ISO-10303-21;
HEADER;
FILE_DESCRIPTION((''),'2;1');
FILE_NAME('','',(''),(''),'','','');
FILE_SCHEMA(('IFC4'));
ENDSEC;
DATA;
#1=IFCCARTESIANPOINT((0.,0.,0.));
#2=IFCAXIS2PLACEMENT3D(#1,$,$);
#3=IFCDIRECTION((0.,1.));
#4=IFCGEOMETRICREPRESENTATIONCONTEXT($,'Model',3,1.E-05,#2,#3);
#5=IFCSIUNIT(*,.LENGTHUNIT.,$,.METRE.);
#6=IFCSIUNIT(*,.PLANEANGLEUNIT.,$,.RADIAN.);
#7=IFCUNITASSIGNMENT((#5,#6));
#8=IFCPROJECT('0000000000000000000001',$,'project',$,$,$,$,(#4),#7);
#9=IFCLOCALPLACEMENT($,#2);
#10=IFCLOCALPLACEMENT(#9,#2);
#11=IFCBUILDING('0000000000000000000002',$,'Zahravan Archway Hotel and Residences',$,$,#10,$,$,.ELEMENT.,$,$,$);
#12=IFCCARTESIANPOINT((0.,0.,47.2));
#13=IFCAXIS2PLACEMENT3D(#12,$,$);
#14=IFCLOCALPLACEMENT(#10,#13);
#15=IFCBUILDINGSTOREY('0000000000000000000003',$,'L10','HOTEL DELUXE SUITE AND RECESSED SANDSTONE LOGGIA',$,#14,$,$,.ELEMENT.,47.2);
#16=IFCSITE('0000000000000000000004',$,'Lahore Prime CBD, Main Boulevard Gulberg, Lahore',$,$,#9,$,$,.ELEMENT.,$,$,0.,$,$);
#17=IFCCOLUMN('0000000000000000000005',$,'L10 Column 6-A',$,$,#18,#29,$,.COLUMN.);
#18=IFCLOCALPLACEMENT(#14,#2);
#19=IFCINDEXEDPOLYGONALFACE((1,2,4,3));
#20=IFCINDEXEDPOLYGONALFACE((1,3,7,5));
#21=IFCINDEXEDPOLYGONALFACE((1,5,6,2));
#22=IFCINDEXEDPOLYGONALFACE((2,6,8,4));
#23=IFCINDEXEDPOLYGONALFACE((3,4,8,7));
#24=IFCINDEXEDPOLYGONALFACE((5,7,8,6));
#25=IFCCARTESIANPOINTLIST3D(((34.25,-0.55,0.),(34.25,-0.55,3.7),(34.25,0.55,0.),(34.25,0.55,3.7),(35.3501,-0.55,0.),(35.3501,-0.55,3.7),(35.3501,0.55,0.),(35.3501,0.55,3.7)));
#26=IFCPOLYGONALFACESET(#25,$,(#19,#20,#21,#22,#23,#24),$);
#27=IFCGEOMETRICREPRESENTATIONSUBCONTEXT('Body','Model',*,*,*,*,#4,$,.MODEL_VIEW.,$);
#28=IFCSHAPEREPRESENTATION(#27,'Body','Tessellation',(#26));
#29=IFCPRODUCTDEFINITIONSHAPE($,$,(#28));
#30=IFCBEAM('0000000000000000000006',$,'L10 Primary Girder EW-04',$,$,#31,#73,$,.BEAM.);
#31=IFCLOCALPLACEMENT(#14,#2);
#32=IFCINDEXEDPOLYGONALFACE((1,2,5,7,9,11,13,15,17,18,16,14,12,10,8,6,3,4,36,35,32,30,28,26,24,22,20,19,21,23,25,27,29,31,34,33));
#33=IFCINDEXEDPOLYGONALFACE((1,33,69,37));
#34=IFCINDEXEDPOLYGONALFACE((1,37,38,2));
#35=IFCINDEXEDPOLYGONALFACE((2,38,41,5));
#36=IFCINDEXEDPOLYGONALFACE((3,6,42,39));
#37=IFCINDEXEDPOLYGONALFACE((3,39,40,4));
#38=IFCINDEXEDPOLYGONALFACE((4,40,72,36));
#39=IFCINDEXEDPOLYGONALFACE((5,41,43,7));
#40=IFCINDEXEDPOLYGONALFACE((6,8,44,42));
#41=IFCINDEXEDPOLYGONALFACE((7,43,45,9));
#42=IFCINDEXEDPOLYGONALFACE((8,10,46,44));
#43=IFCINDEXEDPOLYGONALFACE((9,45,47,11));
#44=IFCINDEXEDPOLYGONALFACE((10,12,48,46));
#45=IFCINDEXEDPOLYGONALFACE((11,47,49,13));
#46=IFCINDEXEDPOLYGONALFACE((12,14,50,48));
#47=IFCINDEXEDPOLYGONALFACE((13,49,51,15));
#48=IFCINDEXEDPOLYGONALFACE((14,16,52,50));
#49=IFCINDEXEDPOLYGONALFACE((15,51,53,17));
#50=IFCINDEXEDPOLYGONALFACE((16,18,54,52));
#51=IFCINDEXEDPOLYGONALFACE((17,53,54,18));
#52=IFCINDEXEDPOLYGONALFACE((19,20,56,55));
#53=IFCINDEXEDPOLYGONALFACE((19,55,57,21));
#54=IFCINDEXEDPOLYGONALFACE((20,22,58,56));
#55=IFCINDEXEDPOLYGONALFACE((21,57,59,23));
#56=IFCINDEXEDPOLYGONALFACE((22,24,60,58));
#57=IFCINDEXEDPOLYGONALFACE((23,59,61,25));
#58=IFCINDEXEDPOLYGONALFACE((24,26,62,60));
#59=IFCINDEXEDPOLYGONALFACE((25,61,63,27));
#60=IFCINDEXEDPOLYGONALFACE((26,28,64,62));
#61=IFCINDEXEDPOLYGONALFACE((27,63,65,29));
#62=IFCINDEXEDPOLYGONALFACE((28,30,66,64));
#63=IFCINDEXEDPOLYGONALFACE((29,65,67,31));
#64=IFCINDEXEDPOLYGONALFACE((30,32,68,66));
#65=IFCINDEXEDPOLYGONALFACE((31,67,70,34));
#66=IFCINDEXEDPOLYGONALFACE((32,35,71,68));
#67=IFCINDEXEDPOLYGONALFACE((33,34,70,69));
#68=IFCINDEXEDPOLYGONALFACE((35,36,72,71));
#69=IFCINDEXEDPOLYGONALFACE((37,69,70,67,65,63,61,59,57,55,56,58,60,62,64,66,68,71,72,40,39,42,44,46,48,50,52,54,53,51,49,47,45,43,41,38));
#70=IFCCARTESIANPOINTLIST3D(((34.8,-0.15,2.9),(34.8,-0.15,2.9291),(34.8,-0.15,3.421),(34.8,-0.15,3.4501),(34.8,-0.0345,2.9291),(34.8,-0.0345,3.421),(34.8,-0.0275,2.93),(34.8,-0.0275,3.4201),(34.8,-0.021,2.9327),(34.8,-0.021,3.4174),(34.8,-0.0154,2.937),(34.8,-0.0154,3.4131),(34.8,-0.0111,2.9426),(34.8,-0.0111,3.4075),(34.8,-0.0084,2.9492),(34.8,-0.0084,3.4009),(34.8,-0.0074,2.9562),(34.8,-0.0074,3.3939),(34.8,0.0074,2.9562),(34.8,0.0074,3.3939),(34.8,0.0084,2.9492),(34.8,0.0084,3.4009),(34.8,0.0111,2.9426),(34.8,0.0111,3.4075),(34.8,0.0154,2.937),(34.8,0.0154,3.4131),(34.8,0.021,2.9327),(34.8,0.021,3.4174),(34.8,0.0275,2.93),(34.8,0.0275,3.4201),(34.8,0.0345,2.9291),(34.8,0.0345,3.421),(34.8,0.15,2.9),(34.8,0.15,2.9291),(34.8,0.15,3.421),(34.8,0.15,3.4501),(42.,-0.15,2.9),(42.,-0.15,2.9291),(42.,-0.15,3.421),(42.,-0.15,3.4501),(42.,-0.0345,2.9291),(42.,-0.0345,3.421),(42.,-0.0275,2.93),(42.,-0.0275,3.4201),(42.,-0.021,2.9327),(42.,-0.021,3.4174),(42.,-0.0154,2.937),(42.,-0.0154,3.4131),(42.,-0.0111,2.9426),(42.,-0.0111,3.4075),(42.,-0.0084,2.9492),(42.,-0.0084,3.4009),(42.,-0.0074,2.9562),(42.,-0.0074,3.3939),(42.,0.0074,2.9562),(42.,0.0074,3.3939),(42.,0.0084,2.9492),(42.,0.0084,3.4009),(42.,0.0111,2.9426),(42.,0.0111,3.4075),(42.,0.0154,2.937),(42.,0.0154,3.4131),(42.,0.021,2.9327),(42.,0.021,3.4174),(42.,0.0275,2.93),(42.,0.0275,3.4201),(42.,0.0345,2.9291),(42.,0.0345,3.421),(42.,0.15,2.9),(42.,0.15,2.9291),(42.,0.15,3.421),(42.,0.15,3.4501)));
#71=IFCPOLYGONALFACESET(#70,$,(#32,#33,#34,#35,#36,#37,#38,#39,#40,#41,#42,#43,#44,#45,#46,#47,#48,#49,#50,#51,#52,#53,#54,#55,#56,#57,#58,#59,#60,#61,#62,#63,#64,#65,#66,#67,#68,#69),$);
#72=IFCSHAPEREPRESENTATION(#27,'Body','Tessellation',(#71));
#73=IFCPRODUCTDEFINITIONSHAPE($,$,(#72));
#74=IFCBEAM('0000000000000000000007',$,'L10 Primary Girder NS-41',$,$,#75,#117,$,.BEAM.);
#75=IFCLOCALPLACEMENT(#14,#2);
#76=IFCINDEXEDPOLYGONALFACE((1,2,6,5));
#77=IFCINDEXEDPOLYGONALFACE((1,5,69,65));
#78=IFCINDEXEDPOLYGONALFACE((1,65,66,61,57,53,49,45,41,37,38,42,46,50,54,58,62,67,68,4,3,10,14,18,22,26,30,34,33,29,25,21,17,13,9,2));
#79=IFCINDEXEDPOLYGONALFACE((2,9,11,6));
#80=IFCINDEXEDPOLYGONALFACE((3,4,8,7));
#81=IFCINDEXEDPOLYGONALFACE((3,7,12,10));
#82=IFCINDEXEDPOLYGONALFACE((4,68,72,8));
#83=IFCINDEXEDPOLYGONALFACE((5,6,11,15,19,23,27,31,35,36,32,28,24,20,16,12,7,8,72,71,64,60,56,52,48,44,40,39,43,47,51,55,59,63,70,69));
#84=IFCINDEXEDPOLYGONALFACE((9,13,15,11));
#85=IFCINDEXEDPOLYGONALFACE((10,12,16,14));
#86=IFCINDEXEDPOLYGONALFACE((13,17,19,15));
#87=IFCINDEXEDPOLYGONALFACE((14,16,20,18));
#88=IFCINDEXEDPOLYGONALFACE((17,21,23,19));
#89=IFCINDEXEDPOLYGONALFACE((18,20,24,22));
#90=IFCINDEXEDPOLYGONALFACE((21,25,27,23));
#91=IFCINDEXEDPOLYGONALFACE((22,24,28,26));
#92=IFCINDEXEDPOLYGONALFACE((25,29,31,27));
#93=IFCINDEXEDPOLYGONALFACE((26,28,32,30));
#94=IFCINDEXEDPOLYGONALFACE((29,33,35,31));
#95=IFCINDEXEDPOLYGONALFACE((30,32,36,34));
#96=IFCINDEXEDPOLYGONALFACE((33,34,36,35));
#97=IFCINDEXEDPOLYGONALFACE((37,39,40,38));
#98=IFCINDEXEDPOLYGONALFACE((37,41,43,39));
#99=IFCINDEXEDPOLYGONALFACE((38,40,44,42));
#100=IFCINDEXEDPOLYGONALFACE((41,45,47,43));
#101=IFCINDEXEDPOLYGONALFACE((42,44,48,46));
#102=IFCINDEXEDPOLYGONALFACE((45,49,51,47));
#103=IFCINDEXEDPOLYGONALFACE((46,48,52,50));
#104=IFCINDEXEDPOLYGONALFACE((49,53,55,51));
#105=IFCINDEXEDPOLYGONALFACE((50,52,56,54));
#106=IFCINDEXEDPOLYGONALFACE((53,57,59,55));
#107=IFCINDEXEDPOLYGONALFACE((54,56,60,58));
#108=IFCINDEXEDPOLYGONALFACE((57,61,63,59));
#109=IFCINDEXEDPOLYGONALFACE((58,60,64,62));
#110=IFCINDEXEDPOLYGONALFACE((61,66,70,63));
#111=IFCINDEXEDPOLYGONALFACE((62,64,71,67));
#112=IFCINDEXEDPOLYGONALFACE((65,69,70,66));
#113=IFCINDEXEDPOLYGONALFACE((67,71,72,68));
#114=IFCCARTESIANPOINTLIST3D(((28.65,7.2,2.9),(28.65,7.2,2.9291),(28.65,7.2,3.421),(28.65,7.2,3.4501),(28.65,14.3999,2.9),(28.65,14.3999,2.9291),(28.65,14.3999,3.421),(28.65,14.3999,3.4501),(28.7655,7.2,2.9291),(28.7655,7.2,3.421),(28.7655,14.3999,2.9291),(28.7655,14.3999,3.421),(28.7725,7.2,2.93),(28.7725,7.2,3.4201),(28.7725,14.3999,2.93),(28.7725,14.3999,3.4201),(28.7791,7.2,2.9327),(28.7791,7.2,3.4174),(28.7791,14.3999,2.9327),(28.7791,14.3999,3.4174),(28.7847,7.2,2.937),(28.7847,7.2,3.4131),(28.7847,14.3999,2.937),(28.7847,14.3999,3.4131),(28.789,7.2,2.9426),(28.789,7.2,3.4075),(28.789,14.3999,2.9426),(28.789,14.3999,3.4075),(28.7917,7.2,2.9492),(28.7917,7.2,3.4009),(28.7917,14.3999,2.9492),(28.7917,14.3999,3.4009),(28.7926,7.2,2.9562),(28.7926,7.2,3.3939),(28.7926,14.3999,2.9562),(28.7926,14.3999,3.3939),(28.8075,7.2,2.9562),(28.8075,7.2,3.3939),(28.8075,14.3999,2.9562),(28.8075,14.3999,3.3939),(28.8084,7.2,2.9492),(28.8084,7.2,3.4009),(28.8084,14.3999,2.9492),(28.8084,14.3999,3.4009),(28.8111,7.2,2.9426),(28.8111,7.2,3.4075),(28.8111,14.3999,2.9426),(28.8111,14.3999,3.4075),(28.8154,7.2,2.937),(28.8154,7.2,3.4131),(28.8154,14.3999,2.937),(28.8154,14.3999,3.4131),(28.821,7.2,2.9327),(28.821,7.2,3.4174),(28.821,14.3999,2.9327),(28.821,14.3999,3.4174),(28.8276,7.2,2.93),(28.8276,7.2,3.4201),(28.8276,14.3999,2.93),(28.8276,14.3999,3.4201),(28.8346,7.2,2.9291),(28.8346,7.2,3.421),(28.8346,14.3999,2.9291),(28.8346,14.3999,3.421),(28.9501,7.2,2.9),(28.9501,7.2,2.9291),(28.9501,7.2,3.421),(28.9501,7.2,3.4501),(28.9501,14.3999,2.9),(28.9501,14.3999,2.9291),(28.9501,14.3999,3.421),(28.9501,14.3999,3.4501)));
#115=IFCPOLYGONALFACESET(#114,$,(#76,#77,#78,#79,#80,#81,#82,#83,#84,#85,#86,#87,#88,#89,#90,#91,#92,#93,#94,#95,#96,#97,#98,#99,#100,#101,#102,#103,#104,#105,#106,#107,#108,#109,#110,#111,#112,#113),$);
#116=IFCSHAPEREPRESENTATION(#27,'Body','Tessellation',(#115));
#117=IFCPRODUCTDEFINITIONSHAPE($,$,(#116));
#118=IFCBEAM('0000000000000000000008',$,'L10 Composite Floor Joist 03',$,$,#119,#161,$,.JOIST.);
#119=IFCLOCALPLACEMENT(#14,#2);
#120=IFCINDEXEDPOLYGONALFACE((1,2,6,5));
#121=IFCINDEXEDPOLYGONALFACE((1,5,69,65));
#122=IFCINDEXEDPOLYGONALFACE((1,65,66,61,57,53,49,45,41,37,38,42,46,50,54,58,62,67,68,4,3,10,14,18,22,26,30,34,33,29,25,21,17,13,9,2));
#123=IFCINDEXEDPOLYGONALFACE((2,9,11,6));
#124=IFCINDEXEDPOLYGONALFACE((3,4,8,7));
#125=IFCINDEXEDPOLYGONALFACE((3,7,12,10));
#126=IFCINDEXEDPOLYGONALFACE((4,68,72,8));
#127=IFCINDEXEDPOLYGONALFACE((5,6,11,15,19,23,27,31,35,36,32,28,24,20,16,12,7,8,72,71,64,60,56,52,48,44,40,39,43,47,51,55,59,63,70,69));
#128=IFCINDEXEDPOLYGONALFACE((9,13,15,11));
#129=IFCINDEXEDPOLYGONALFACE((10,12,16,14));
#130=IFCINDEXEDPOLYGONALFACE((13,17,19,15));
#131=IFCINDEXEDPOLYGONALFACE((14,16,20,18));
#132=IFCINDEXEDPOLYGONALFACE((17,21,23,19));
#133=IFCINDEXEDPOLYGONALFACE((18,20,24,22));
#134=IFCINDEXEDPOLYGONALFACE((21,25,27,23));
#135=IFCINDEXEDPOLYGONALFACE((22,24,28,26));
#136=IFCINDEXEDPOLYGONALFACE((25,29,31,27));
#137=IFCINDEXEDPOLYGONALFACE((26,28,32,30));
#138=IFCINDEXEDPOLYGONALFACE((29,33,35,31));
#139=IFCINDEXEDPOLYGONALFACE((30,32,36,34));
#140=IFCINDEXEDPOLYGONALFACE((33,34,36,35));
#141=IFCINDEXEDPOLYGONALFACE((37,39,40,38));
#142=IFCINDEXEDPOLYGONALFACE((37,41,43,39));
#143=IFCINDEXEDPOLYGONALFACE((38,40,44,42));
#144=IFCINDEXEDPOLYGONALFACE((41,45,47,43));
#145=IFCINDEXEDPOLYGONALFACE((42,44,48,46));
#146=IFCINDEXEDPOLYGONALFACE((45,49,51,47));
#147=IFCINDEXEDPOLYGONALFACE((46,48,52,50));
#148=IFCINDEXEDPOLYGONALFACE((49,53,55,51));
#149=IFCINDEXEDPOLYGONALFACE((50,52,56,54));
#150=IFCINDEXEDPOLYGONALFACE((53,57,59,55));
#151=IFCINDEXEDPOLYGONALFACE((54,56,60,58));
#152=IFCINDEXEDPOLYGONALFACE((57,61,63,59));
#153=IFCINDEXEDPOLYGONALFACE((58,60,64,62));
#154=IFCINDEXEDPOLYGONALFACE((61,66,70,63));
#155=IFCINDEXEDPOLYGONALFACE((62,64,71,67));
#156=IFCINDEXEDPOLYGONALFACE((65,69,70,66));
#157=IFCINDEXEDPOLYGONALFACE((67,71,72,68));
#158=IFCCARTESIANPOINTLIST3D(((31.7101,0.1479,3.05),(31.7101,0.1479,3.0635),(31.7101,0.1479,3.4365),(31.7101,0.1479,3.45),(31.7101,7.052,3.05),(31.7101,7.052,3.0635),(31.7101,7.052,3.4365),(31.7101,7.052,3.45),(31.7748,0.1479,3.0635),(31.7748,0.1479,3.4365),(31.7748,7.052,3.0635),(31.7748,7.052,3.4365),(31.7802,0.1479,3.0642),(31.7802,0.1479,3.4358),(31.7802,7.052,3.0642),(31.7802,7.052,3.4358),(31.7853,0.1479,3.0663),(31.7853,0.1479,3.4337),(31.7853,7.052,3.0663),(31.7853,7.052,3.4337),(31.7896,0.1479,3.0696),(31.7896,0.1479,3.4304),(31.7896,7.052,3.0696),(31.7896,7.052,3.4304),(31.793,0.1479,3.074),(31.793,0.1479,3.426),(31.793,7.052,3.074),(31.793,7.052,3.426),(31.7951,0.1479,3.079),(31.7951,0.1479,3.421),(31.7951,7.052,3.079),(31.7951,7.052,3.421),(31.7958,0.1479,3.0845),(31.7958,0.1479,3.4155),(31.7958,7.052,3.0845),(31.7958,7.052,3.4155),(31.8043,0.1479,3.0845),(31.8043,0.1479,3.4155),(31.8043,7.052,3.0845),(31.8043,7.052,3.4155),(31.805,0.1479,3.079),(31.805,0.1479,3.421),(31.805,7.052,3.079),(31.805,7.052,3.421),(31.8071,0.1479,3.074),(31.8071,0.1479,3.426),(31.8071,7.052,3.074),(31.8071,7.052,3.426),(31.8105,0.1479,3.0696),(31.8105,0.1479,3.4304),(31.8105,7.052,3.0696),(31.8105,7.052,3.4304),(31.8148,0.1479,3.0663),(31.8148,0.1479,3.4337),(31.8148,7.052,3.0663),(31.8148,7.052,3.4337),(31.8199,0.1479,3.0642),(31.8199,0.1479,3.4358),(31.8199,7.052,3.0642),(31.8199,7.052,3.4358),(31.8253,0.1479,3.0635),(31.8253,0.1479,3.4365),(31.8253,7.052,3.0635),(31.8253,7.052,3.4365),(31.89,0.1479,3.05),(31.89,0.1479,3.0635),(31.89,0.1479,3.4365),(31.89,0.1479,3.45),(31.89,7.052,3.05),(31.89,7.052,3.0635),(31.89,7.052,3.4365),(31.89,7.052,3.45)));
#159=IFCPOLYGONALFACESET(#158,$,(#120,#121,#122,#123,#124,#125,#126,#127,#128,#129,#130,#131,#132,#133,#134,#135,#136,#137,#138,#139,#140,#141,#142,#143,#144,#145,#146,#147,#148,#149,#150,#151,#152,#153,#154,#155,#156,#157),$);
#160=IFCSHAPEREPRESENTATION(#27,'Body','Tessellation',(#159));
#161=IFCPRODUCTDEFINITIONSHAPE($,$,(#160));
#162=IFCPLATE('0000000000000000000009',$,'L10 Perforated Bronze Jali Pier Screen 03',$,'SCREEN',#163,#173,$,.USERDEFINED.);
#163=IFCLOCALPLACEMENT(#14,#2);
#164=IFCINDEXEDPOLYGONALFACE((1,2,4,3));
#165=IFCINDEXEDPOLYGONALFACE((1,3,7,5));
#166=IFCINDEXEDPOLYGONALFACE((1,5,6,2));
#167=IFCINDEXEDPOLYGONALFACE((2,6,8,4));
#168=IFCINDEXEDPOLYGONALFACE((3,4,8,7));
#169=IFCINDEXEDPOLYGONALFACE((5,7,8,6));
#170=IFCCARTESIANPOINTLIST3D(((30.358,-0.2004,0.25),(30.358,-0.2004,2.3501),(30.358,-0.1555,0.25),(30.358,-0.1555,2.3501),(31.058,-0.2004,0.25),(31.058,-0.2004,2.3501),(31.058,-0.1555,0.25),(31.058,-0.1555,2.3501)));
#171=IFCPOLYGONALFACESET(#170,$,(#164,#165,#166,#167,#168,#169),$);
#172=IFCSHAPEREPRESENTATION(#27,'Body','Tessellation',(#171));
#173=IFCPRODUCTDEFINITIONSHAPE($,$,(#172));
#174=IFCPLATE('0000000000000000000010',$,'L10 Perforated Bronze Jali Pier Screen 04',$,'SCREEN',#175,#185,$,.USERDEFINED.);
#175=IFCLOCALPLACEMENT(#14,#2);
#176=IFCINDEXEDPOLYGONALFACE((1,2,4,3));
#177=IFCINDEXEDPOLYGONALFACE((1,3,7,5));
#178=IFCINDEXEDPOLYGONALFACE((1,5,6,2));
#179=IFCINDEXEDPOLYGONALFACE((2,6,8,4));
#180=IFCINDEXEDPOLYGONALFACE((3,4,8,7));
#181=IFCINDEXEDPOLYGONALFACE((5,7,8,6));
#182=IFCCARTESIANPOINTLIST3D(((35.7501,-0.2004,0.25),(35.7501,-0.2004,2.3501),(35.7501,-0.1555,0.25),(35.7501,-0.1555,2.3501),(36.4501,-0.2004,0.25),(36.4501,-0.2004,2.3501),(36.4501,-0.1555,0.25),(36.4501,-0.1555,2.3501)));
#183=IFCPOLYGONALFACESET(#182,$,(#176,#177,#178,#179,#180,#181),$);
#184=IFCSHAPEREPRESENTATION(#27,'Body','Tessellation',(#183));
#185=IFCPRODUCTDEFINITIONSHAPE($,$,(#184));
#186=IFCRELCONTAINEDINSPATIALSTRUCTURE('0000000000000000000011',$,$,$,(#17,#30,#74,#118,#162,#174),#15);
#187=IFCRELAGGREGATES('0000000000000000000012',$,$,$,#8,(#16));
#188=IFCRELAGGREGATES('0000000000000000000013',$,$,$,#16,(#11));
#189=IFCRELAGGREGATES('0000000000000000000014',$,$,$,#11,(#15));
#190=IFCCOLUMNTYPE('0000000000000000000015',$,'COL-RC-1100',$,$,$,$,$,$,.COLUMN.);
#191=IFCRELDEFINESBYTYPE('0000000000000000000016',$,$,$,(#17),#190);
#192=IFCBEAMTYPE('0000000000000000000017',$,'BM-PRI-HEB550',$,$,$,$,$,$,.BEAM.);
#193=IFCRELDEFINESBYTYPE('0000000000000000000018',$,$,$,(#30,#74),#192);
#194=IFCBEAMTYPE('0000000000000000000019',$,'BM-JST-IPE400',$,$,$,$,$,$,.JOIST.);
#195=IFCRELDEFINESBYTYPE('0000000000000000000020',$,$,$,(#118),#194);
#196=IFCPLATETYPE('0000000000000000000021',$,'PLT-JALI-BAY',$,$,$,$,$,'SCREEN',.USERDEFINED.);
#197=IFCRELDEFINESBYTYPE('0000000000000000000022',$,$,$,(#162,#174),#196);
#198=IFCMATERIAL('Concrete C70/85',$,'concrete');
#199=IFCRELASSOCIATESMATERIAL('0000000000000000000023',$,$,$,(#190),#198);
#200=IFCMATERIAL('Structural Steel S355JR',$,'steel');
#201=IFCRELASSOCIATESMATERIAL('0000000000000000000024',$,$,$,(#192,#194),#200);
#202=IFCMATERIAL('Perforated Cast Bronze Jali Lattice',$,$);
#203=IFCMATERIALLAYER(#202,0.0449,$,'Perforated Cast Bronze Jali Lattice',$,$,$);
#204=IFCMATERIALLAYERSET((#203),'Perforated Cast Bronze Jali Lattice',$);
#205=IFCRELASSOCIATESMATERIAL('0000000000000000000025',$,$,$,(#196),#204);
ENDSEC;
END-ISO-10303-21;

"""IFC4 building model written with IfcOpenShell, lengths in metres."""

from ifc_helpers import new_model, si_unit, direction, frame, origin, origin_2d, place, context, subcontext, project, spatial, rectangle, i_section, extrude, source, transform, mapped, material, layer, layer_set, material_profile, profile_set, type_object, type_shapes, element, save


model = new_model("IFC4")

# Units and contexts
model_context = context("Model", 3, precision=1e-05, world=origin(), true_north=direction((0.0, 1.0)))
body_context = subcontext(model_context, "Body", "Model", "MODEL_VIEW")
ifc_project = project(units=[si_unit("LENGTHUNIT", "METRE"), si_unit("PLANEANGLEUNIT", "RADIAN")], contexts=[model_context])

# Site, building, storey
site_placement = place(None, origin())
site = spatial("IfcSite", under=ifc_project, at=site_placement, Name="Lahore Prime CBD, Main Boulevard Gulberg, Lahore", CompositionType="ELEMENT", RefElevation=0.0)
building_placement = place(site_placement, origin())
building = spatial("IfcBuilding", under=site, at=building_placement, Name="Zahravan Archway Hotel and Residences", CompositionType="ELEMENT")
storey_placement = place(building_placement, frame((0.0, 0.0, 47.2)))
storey = spatial("IfcBuildingStorey", under=building, at=storey_placement, Name="L10", Description="HOTEL DELUXE SUITE AND RECESSED SANDSTONE LOGGIA", CompositionType="ELEMENT", Elevation=47.2)

# Column
ifc_material_1 = material(Name="Concrete C70/85", Category="concrete")
ifc_material_profile_1 = material_profile(ifc_material_1, rectangle(XDim=1.1001, YDim=1.1001, at=origin_2d()), Name="RC 1100x1100", Category="concrete")
ifc_profile_set_1 = profile_set([ifc_material_profile_1], Name="Concrete C70/85")
column_type = type_object("IfcColumnType", Name="COL-RC-1100", PredefinedType="COLUMN", material=ifc_profile_set_1)
shared_shape_1 = source(origin(), body_context, "Body", "SweptSolid", [
    extrude(rectangle(XDim=1.1001, YDim=1.1001, at=origin_2d()), origin(), (0.0, 0.0, 1.0), 3.7),
])
column_placement = place(storey_placement, frame((34.8, 0.0, 0.0), z_axis=(0.0, 0.0, 1.0), x_axis=(1.0, 0.0, 0.0)))
element("IfcColumn", 1, at=column_placement, inside=storey, type_object=column_type, Name="L10 Column 6-A", PredefinedType="COLUMN", context=body_context, shape_type="MappedRepresentation", body=[
    mapped(shared_shape_1, transform((0.0, 0.0, 0.0), scale=1.0)),
])

# Beams
ifc_material_2 = material(Name="Structural Steel S355JR", Category="steel")
ifc_material_profile_2 = material_profile(ifc_material_2, i_section(OverallWidth=0.3, OverallDepth=0.55, WebThickness=0.0149, FlangeThickness=0.0291, FilletRadius=0.0271, at=origin_2d()), Name="HEB 550", Category="steel")
ifc_profile_set_2 = profile_set([ifc_material_profile_2], Name="Structural Steel S355JR")
beam_type_1 = type_object("IfcBeamType", Name="BM-PRI-HEB550", PredefinedType="BEAM", material=ifc_profile_set_2)
shared_shape_2 = source(origin(), body_context, "Body", "SweptSolid", [
    extrude(i_section(OverallWidth=0.3, OverallDepth=0.55, WebThickness=0.0149, FlangeThickness=0.0291, FilletRadius=0.0271, at=origin_2d()), origin(), (0.0, 0.0, 1.0), 7.2),
])
for number, where, z_axis, x_axis, name in (
    (2, (34.8, 0.0, 3.175), (1.0, 0.0, 0.0), (0.0, 1.0, 0.0), "L10 Primary Girder EW-04"),
    (3, (28.8, 7.2, 3.175), (0.0, 1.0, 0.0), (-1.0, 0.0, 0.0), "L10 Primary Girder NS-41"),
):
    element("IfcBeam", number, at=place(storey_placement, frame(where, z_axis=z_axis, x_axis=x_axis)), inside=storey, type_object=beam_type_1, Name=name, PredefinedType="BEAM", context=body_context, shape_type="MappedRepresentation", body=[
        mapped(shared_shape_2, transform((0.0, 0.0, 0.0), scale=1.0)),
    ])
ifc_material_profile_3 = material_profile(ifc_material_2, i_section(OverallWidth=0.1799, OverallDepth=0.3999, WebThickness=0.0085, FlangeThickness=0.0134, FilletRadius=0.021, at=origin_2d()), Name="IPE 400", Category="steel")
ifc_profile_set_3 = profile_set([ifc_material_profile_3], Name="Structural Steel S355JR")
beam_type_2 = type_object("IfcBeamType", Name="BM-JST-IPE400", PredefinedType="JOIST", material=ifc_profile_set_3)
shared_shape_3 = source(origin(), body_context, "Body", "SweptSolid", [
    extrude(i_section(OverallWidth=0.1799, OverallDepth=0.3999, WebThickness=0.0085, FlangeThickness=0.0134, FilletRadius=0.021, at=origin_2d()), origin(), (0.0, 0.0, 1.0), 6.9041),
])
type_shapes(beam_type_2, [shared_shape_3])
beam_placement = place(storey_placement, frame((31.8, 0.1479, 3.25), z_axis=(0.0, 1.0, 0.0), x_axis=(-1.0, 0.0, 0.0)))
element("IfcBeam", 4, at=beam_placement, inside=storey, type_object=beam_type_2, Name="L10 Composite Floor Joist 03", PredefinedType="JOIST", context=body_context, shape_type="MappedRepresentation", body=[
    mapped(shared_shape_3, transform((0.0, 0.0, 0.0), scale=1.0)),
])

# Plates
ifc_material_3 = material(Name="Perforated Cast Bronze Jali Lattice")
ifc_layer_1 = layer(ifc_material_3, 0.0449, Name="Perforated Cast Bronze Jali Lattice")
ifc_layer_set_1 = layer_set([ifc_layer_1], Name="Perforated Cast Bronze Jali Lattice")
plate_type = type_object("IfcPlateType", Name="PLT-JALI-BAY", ElementType="SCREEN", PredefinedType="USERDEFINED", material=ifc_layer_set_1)
shared_shape_4 = source(origin(), body_context, "Body", "SweptSolid", [
    extrude(rectangle(XDim=0.7, YDim=0.0449, at=origin_2d()), origin(), (0.0, 0.0, 1.0), 2.1001),
])
type_shapes(plate_type, [shared_shape_4])
for number, where, z_axis, x_axis, name in (
    (5, (30.708, -0.178, 0.25), (0.0, 0.0, 1.0), (1.0, 0.0, 0.0), "L10 Perforated Bronze Jali Pier Screen 03"),
    (6, (36.1001, -0.178, 0.25), (0.0, 0.0, 1.0), (1.0, 0.0, 0.0), "L10 Perforated Bronze Jali Pier Screen 04"),
):
    element("IfcPlate", number, at=place(storey_placement, frame(where, z_axis=z_axis, x_axis=x_axis)), inside=storey, type_object=plate_type, Name=name, ObjectType="SCREEN", PredefinedType="USERDEFINED", context=body_context, shape_type="MappedRepresentation", body=[
        mapped(shared_shape_4, transform((0.0, 0.0, 0.0), scale=1.0)),
    ])

save(model, "model.ifc")
